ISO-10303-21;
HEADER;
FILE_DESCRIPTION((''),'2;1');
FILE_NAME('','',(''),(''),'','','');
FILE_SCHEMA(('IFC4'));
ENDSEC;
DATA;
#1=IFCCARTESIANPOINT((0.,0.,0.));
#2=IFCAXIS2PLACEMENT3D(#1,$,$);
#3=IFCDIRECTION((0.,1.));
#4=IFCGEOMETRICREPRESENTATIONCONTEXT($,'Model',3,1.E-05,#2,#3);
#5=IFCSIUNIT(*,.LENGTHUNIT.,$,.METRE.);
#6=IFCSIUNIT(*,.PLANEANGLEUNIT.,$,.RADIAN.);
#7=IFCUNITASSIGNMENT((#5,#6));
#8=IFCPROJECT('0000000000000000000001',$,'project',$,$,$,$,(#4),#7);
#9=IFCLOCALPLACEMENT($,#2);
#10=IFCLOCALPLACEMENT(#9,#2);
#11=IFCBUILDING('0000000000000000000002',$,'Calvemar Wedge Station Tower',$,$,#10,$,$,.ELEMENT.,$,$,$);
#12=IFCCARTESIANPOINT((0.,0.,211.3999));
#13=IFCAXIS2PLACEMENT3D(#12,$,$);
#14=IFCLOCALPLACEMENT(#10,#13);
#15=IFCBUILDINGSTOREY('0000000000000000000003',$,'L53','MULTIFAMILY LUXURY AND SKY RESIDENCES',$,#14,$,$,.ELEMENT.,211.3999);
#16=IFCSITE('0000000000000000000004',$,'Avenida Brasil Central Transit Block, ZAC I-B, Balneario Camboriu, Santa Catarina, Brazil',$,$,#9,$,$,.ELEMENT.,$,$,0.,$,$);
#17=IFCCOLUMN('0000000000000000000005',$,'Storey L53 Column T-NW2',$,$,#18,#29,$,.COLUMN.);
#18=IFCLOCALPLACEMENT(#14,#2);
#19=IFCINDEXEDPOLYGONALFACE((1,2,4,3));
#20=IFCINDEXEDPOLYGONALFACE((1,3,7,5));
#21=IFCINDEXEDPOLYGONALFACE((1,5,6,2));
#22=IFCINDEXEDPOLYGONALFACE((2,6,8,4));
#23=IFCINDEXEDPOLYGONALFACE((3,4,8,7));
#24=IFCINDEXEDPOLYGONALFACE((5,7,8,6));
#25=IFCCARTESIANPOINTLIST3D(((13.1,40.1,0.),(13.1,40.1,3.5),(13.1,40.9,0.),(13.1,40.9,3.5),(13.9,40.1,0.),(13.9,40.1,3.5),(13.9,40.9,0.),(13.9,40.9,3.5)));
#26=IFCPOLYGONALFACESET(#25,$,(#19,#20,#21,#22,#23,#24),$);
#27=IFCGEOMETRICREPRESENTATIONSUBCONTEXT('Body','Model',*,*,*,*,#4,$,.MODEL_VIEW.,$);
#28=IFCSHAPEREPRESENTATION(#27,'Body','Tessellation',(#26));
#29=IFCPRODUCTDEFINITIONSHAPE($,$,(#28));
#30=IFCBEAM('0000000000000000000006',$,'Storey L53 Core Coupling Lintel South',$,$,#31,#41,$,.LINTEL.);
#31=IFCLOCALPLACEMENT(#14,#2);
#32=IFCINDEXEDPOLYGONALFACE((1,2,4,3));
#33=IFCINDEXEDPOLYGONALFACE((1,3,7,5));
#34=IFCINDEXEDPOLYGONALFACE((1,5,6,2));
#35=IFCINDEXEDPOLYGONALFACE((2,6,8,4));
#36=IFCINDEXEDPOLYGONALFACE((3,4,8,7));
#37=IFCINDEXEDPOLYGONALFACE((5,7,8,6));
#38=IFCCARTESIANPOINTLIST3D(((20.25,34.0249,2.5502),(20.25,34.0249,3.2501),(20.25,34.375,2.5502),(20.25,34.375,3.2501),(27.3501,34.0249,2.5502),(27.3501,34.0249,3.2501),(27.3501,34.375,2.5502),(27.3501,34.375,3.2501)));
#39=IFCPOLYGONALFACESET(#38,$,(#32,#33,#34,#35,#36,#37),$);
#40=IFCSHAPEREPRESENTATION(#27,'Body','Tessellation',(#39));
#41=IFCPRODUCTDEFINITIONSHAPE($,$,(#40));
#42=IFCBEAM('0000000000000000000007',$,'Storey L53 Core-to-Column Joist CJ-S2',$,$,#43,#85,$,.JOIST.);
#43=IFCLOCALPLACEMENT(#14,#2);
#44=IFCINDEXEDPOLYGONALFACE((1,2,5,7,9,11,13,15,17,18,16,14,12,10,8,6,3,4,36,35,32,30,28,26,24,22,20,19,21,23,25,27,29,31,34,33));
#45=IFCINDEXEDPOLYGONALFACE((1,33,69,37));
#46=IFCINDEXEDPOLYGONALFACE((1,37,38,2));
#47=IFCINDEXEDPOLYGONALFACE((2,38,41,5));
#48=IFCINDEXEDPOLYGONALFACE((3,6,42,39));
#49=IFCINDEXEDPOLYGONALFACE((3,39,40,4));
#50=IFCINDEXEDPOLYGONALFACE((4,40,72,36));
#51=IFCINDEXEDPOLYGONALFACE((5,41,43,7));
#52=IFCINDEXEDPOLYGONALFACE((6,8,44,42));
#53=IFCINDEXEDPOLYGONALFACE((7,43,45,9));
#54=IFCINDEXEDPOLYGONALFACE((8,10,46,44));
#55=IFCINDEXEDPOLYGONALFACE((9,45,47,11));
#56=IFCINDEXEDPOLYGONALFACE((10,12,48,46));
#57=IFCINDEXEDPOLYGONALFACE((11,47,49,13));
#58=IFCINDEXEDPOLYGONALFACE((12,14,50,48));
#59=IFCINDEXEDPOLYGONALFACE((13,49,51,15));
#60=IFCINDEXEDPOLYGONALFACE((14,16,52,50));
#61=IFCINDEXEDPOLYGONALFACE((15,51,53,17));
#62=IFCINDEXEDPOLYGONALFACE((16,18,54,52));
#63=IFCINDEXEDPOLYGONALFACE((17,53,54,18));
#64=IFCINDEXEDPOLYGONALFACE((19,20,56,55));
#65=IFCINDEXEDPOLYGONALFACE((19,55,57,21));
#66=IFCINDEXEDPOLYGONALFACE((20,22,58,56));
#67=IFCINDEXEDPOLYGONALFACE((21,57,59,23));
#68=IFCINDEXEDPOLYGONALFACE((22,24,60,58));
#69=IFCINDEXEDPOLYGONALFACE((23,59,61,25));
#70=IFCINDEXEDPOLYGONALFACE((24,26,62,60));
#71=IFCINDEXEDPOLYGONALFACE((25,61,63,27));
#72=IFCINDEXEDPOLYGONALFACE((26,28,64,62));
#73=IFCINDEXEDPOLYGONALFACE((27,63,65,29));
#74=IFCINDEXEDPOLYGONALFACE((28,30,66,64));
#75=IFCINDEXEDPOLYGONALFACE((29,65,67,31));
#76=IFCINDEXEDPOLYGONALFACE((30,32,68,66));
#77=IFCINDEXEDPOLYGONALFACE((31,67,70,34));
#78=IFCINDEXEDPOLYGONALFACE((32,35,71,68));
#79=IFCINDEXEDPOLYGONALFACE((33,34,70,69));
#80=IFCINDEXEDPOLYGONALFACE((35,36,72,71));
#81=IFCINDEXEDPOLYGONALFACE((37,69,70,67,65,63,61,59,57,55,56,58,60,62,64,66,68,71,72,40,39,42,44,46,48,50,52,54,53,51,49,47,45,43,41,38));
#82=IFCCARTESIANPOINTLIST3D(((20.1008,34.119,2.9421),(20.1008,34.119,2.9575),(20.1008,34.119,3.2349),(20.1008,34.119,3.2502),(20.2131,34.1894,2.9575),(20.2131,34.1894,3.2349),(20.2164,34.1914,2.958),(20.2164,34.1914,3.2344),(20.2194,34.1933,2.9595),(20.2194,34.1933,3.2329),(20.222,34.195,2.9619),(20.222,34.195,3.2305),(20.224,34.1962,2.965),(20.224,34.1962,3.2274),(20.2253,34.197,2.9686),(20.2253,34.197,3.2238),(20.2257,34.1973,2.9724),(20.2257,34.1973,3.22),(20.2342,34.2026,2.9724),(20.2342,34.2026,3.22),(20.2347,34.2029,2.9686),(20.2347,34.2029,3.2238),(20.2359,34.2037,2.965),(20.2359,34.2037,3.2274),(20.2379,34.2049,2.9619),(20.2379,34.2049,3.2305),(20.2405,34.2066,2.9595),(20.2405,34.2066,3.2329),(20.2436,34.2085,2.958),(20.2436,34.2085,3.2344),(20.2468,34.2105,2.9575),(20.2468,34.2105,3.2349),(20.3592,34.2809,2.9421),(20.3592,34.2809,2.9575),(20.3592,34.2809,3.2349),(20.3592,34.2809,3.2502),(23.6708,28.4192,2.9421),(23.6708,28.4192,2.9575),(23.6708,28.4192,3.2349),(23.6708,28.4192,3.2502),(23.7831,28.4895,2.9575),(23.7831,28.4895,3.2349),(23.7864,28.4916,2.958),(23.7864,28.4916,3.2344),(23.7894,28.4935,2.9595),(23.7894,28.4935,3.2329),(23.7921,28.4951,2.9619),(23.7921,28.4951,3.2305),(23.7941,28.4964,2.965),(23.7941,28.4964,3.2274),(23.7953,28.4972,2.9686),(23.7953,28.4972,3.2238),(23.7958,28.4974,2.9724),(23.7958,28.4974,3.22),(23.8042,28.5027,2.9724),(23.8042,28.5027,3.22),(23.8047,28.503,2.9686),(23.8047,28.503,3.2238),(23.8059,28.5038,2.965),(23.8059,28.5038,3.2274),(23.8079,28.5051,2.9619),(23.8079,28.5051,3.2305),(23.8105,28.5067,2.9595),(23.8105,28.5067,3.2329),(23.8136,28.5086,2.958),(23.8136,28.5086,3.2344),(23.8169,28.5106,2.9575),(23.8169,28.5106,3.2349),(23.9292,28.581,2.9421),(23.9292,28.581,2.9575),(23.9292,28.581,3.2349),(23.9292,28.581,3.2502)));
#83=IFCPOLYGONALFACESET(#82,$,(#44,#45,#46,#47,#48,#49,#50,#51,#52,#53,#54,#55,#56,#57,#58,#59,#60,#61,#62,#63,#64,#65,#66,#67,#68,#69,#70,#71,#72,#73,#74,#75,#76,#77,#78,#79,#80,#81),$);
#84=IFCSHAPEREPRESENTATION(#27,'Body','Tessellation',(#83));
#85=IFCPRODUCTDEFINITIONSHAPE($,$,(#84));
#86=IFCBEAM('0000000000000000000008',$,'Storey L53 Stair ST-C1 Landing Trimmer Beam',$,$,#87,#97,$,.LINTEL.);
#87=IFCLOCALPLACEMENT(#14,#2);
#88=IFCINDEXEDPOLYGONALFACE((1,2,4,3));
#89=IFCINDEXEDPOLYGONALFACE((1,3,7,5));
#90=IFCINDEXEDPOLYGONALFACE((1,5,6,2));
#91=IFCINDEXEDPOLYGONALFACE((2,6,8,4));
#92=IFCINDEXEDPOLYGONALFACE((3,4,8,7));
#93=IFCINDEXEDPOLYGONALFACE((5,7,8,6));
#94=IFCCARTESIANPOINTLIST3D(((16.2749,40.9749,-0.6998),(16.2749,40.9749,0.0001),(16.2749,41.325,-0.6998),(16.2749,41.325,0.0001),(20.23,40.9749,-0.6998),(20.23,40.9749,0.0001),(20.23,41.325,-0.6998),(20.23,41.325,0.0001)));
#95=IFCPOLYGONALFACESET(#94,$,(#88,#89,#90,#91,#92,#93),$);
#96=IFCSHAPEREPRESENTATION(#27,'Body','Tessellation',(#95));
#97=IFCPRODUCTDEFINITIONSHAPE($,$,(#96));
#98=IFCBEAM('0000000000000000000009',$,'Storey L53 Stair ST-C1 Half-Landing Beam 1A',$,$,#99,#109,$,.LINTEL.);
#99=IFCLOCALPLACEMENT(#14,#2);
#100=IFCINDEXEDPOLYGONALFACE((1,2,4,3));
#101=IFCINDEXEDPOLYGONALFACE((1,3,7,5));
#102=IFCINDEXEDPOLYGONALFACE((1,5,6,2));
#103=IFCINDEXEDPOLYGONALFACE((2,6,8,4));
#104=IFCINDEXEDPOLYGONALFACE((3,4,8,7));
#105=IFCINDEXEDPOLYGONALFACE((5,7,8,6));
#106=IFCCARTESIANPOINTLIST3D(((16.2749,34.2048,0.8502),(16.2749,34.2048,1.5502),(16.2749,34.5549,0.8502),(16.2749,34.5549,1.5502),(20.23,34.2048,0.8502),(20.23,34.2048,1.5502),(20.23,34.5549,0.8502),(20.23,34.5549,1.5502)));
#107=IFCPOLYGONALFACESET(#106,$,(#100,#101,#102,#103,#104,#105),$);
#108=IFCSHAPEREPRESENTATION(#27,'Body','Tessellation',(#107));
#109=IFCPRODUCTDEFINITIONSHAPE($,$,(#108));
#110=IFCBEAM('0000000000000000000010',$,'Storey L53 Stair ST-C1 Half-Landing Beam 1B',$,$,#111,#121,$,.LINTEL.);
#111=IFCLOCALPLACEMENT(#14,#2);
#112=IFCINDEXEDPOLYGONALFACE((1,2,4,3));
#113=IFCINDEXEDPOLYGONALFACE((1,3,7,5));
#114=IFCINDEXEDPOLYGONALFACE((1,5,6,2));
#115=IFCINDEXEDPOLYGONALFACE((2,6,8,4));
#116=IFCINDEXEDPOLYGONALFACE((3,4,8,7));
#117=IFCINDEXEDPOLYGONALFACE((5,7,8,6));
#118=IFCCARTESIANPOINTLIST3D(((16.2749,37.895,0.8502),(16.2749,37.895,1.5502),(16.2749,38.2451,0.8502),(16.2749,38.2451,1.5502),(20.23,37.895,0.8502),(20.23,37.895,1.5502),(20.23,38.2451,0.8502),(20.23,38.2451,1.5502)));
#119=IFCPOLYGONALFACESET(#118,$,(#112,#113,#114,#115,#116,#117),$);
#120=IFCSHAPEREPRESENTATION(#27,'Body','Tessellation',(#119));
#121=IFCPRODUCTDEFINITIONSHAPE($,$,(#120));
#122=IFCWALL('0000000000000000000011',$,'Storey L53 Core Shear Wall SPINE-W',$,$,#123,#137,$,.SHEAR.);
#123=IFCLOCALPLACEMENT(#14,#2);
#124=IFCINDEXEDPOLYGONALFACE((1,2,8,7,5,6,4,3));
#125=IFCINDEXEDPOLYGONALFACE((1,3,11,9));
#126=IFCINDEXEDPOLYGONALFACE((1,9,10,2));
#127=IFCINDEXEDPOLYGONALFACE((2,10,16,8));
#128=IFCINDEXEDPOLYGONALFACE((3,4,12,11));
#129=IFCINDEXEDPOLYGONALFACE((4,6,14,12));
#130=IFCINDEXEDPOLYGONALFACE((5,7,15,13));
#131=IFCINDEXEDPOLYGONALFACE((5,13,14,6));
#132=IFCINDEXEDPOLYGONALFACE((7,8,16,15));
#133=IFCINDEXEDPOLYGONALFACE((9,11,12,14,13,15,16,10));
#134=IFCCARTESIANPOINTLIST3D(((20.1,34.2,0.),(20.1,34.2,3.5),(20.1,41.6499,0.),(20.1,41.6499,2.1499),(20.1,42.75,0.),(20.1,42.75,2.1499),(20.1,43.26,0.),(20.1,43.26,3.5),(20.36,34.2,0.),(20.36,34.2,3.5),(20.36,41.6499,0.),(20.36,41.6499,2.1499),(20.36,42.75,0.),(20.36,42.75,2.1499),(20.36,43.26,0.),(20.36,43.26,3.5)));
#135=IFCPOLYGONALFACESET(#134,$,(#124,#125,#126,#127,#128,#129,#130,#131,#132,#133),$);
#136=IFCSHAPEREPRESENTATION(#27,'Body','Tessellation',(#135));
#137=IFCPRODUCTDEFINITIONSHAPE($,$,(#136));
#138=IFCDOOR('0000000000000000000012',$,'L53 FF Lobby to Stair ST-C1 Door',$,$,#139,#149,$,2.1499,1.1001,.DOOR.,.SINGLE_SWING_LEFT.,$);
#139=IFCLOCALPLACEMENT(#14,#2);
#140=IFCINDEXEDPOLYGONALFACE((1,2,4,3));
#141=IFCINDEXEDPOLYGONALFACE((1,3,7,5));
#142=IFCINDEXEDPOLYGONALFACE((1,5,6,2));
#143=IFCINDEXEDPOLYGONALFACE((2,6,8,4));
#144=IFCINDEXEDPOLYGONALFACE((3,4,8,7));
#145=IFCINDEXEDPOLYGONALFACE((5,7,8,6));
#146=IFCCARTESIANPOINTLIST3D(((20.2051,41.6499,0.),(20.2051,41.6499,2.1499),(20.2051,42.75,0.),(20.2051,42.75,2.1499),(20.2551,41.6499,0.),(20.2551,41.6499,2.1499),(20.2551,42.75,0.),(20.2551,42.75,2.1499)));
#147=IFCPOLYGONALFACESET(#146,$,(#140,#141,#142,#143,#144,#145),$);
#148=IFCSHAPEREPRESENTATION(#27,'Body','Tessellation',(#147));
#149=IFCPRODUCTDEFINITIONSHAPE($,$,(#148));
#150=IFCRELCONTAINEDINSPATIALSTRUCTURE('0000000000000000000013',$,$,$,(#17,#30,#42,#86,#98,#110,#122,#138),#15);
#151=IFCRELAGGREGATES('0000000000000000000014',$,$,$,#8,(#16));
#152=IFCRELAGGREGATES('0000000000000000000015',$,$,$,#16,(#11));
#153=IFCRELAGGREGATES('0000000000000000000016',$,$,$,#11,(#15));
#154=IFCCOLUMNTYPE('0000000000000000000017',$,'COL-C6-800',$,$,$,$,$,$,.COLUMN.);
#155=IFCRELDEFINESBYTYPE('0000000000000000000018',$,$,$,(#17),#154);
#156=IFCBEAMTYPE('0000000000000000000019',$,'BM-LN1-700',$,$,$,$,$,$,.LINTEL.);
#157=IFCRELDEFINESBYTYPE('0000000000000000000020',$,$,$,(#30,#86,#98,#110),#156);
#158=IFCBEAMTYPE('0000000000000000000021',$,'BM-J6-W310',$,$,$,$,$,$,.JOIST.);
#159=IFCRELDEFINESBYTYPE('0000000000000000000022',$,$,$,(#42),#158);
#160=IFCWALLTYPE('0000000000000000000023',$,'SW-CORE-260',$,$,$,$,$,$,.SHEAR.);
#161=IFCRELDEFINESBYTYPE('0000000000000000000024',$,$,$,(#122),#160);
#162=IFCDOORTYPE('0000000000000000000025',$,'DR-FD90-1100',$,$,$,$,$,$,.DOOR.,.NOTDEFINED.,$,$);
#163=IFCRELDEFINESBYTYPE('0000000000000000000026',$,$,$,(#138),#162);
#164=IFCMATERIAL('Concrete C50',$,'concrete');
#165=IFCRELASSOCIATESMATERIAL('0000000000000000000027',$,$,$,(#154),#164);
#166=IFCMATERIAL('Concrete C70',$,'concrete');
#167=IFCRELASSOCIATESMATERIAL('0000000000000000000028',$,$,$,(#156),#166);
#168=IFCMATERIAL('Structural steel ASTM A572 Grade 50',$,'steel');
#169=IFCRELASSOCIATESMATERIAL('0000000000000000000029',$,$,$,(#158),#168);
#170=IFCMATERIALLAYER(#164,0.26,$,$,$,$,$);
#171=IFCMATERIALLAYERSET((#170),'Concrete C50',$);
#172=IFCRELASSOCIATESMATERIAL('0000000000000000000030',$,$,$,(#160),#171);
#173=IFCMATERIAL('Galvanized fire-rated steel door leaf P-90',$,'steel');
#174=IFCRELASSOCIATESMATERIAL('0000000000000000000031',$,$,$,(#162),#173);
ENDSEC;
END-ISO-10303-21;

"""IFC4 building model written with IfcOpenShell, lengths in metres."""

from ifc_helpers import new_model, si_unit, direction, frame, frame_2d, origin, origin_2d, place, context, subcontext, project, spatial, rectangle, i_section, extrude, source, transform, mapped, material, layer, layer_set, material_profile, profile_set, type_object, element, fill, save


model = new_model("IFC4")

# Units and contexts
model_context = context("Model", 3, precision=1e-05, world=origin(), true_north=direction((0.0, 1.0)))
body_context = subcontext(model_context, "Body", "Model", "MODEL_VIEW")
ifc_project = project(units=[si_unit("LENGTHUNIT", "METRE"), si_unit("PLANEANGLEUNIT", "RADIAN")], contexts=[model_context])

# Site, building, storey
site_placement = place(None, origin())
site = spatial("IfcSite", under=ifc_project, at=site_placement, Name="Avenida Brasil Central Transit Block, ZAC I-B, Balneario Camboriu, Santa Catarina, Brazil", CompositionType="ELEMENT", RefElevation=0.0)
building_placement = place(site_placement, origin())
building = spatial("IfcBuilding", under=site, at=building_placement, Name="Calvemar Wedge Station Tower", CompositionType="ELEMENT")
storey_placement = place(building_placement, frame((0.0, 0.0, 211.3999)))
storey = spatial("IfcBuildingStorey", under=building, at=storey_placement, Name="L53", Description="MULTIFAMILY LUXURY AND SKY RESIDENCES", CompositionType="ELEMENT", Elevation=211.3999)

# Column
ifc_material_1 = material(Name="Concrete C50", Category="concrete")
ifc_material_profile_1 = material_profile(ifc_material_1, rectangle(XDim=0.8, YDim=0.8, at=origin_2d()), Name="RC800x800")
ifc_profile_set_1 = profile_set([ifc_material_profile_1], Name="Concrete C50")
column_type = type_object("IfcColumnType", Name="COL-C6-800", PredefinedType="COLUMN", material=ifc_profile_set_1)
shared_shape_1 = source(origin(), body_context, "Body", "SweptSolid", [
    extrude(rectangle(XDim=0.8, YDim=0.8, at=origin_2d()), origin(), (0.0, 0.0, 1.0), 3.5),
])
column_placement = place(storey_placement, frame((13.5, 40.5, 0.0), z_axis=(0.0, 0.0, 1.0), x_axis=(1.0, 0.0, 0.0)))
element("IfcColumn", 1, at=column_placement, inside=storey, type_object=column_type, Name="Storey L53 Column T-NW2", PredefinedType="COLUMN", context=body_context, shape_type="MappedRepresentation", body=[
    mapped(shared_shape_1, transform((0.0, 0.0, 0.0), scale=1.0)),
])

# Beams
ifc_material_2 = material(Name="Concrete C70", Category="concrete")
ifc_material_profile_2 = material_profile(ifc_material_2, rectangle(XDim=0.3501, YDim=0.7, at=origin_2d()), Name="RC350x700")
ifc_profile_set_2 = profile_set([ifc_material_profile_2], Name="Concrete C70")
beam_type_1 = type_object("IfcBeamType", Name="BM-LN1-700", PredefinedType="LINTEL", material=ifc_profile_set_2)
shared_shape_2 = source(origin(), body_context, "Body", "SweptSolid", [
    extrude(rectangle(XDim=0.3501, YDim=0.7, at=origin_2d()), origin(), (0.0, 0.0, 1.0), 7.1001),
])
beam_1_placement = place(storey_placement, frame((20.25, 34.2, 2.9001), z_axis=(1.0, 0.0, 0.0), x_axis=(0.0, 1.0, 0.0)))
element("IfcBeam", 2, at=beam_1_placement, inside=storey, type_object=beam_type_1, Name="Storey L53 Core Coupling Lintel South", PredefinedType="LINTEL", context=body_context, shape_type="MappedRepresentation", body=[
    mapped(shared_shape_2, transform((0.0, 0.0, 0.0), scale=1.0)),
])
ifc_material_3 = material(Name="Structural steel ASTM A572 Grade 50", Category="steel")
ifc_material_profile_3 = material_profile(ifc_material_3, i_section(OverallWidth=0.3049, OverallDepth=0.3081, WebThickness=0.01, FlangeThickness=0.0154, FilletRadius=0.0149, at=origin_2d()), Name="W310x97")
ifc_profile_set_3 = profile_set([ifc_material_profile_3], Name="Structural steel ASTM A572 Grade 50")
beam_type_2 = type_object("IfcBeamType", Name="BM-J6-W310", PredefinedType="JOIST", material=ifc_profile_set_3)
shared_shape_3 = source(origin(), body_context, "Body", "SweptSolid", [
    extrude(i_section(OverallWidth=0.3049, OverallDepth=0.3081, WebThickness=0.01, FlangeThickness=0.0154, FilletRadius=0.0149, at=origin_2d()), origin(), (0.0, 0.0, 1.0), 6.7256),
])
beam_2_placement = place(storey_placement, frame((20.23, 34.2, 3.0962), z_axis=(0.530811, -0.84749, 0.0), x_axis=(0.84749, 0.530811, 0.0)))
element("IfcBeam", 3, at=beam_2_placement, inside=storey, type_object=beam_type_2, Name="Storey L53 Core-to-Column Joist CJ-S2", PredefinedType="JOIST", context=body_context, shape_type="MappedRepresentation", body=[
    mapped(shared_shape_3, transform((0.0, 0.0, 0.0), scale=1.0)),
])
shared_shape_4 = source(origin(), body_context, "Body", "SweptSolid", [
    extrude(rectangle(XDim=0.3501, YDim=0.7, at=origin_2d()), origin(), (0.0, 0.0, 1.0), 3.9551),
])
for number, where, z_axis, x_axis, name in (
    (4, (16.2749, 41.1499, -0.3499), (1.0, 0.0, 0.0), (0.0, 1.0, 0.0), "Storey L53 Stair ST-C1 Landing Trimmer Beam"),
    (5, (16.2749, 34.3799, 1.2002), (1.0, 0.0, 0.0), (0.0, 1.0, 0.0), "Storey L53 Stair ST-C1 Half-Landing Beam 1A"),
    (6, (16.2749, 38.0701, 1.2002), (1.0, 0.0, 0.0), (0.0, 1.0, 0.0), "Storey L53 Stair ST-C1 Half-Landing Beam 1B"),
):
    element("IfcBeam", number, at=place(storey_placement, frame(where, z_axis=z_axis, x_axis=x_axis)), inside=storey, type_object=beam_type_1, Name=name, PredefinedType="LINTEL", context=body_context, shape_type="MappedRepresentation", body=[
        mapped(shared_shape_4, transform((0.0, 0.0, 0.0), scale=1.0)),
    ])

# Wall, opening, door
ifc_layer_1 = layer(ifc_material_1, 0.26)
ifc_layer_set_1 = layer_set([ifc_layer_1], Name="Concrete C50")
wall_type_1 = type_object("IfcWallType", Name="SW-CORE-260", PredefinedType="SHEAR", material=ifc_layer_set_1)
wall_1_placement = place(storey_placement, frame((20.23, 34.2, 0.0), z_axis=(0.0, 0.0, 1.0), x_axis=(0.0, 1.0, 0.0)))
wall_1 = element("IfcWall", 7, at=wall_1_placement, inside=storey, type_object=wall_type_1, Name="Storey L53 Core Shear Wall SPINE-W", PredefinedType="SHEAR", context=body_context, shape_type="SweptSolid", body=[
    extrude(rectangle(XDim=9.0601, YDim=0.26, at=frame_2d((4.53, 0.0))), origin(), (0.0, 0.0, 1.0), 3.5),
])
shared_shape_5 = source(origin(), body_context, "Body", "SweptSolid", [
    extrude(rectangle(XDim=1.1001, YDim=2.1499, at=frame_2d((0.55, 1.075))), frame((0.0, 0.1401, 0.0), z_axis=(0.0, -1.0, 0.0), x_axis=(1.0, 0.0, 0.0)), (0.0, 0.0, 1.0), 0.28),
])
opening_1_placement = place(wall_1_placement, frame((7.45, 0.0, 0.0)))
opening_1 = element("IfcOpeningElement", 8, at=opening_1_placement, cuts=wall_1, PredefinedType="OPENING", context=body_context, shape_type="MappedRepresentation", body=[
    mapped(shared_shape_5, transform((0.0, 0.0, 0.0), scale=1.0)),
])
ifc_material_4 = material(Name="Galvanized fire-rated steel door leaf P-90", Category="steel")
door_type_1 = type_object("IfcDoorType", Name="DR-FD90-1100", OperationType="NOTDEFINED", PredefinedType="DOOR", material=ifc_material_4)
shared_shape_6 = source(origin(), body_context, "Body", "SweptSolid", [
    extrude(rectangle(XDim=1.1001, YDim=2.1499, at=frame_2d((0.55, 1.075))), frame((0.0, 0.0249, 0.0), z_axis=(0.0, -1.0, 0.0), x_axis=(1.0, 0.0, 0.0)), (0.0, 0.0, 1.0), 0.05),
])
door_1_placement = place(opening_1_placement, origin())
door_1 = element("IfcDoor", 9, at=door_1_placement, inside=storey, type_object=door_type_1, Name="L53 FF Lobby to Stair ST-C1 Door", OperationType="SINGLE_SWING_LEFT", OverallHeight=2.1499, OverallWidth=1.1001, PredefinedType="DOOR", context=body_context, shape_type="MappedRepresentation", body=[
    mapped(shared_shape_6, transform((0.0, 0.0, 0.0), scale=1.0)),
])
fill(opening_1, door_1)

save(model, "model.ifc")
